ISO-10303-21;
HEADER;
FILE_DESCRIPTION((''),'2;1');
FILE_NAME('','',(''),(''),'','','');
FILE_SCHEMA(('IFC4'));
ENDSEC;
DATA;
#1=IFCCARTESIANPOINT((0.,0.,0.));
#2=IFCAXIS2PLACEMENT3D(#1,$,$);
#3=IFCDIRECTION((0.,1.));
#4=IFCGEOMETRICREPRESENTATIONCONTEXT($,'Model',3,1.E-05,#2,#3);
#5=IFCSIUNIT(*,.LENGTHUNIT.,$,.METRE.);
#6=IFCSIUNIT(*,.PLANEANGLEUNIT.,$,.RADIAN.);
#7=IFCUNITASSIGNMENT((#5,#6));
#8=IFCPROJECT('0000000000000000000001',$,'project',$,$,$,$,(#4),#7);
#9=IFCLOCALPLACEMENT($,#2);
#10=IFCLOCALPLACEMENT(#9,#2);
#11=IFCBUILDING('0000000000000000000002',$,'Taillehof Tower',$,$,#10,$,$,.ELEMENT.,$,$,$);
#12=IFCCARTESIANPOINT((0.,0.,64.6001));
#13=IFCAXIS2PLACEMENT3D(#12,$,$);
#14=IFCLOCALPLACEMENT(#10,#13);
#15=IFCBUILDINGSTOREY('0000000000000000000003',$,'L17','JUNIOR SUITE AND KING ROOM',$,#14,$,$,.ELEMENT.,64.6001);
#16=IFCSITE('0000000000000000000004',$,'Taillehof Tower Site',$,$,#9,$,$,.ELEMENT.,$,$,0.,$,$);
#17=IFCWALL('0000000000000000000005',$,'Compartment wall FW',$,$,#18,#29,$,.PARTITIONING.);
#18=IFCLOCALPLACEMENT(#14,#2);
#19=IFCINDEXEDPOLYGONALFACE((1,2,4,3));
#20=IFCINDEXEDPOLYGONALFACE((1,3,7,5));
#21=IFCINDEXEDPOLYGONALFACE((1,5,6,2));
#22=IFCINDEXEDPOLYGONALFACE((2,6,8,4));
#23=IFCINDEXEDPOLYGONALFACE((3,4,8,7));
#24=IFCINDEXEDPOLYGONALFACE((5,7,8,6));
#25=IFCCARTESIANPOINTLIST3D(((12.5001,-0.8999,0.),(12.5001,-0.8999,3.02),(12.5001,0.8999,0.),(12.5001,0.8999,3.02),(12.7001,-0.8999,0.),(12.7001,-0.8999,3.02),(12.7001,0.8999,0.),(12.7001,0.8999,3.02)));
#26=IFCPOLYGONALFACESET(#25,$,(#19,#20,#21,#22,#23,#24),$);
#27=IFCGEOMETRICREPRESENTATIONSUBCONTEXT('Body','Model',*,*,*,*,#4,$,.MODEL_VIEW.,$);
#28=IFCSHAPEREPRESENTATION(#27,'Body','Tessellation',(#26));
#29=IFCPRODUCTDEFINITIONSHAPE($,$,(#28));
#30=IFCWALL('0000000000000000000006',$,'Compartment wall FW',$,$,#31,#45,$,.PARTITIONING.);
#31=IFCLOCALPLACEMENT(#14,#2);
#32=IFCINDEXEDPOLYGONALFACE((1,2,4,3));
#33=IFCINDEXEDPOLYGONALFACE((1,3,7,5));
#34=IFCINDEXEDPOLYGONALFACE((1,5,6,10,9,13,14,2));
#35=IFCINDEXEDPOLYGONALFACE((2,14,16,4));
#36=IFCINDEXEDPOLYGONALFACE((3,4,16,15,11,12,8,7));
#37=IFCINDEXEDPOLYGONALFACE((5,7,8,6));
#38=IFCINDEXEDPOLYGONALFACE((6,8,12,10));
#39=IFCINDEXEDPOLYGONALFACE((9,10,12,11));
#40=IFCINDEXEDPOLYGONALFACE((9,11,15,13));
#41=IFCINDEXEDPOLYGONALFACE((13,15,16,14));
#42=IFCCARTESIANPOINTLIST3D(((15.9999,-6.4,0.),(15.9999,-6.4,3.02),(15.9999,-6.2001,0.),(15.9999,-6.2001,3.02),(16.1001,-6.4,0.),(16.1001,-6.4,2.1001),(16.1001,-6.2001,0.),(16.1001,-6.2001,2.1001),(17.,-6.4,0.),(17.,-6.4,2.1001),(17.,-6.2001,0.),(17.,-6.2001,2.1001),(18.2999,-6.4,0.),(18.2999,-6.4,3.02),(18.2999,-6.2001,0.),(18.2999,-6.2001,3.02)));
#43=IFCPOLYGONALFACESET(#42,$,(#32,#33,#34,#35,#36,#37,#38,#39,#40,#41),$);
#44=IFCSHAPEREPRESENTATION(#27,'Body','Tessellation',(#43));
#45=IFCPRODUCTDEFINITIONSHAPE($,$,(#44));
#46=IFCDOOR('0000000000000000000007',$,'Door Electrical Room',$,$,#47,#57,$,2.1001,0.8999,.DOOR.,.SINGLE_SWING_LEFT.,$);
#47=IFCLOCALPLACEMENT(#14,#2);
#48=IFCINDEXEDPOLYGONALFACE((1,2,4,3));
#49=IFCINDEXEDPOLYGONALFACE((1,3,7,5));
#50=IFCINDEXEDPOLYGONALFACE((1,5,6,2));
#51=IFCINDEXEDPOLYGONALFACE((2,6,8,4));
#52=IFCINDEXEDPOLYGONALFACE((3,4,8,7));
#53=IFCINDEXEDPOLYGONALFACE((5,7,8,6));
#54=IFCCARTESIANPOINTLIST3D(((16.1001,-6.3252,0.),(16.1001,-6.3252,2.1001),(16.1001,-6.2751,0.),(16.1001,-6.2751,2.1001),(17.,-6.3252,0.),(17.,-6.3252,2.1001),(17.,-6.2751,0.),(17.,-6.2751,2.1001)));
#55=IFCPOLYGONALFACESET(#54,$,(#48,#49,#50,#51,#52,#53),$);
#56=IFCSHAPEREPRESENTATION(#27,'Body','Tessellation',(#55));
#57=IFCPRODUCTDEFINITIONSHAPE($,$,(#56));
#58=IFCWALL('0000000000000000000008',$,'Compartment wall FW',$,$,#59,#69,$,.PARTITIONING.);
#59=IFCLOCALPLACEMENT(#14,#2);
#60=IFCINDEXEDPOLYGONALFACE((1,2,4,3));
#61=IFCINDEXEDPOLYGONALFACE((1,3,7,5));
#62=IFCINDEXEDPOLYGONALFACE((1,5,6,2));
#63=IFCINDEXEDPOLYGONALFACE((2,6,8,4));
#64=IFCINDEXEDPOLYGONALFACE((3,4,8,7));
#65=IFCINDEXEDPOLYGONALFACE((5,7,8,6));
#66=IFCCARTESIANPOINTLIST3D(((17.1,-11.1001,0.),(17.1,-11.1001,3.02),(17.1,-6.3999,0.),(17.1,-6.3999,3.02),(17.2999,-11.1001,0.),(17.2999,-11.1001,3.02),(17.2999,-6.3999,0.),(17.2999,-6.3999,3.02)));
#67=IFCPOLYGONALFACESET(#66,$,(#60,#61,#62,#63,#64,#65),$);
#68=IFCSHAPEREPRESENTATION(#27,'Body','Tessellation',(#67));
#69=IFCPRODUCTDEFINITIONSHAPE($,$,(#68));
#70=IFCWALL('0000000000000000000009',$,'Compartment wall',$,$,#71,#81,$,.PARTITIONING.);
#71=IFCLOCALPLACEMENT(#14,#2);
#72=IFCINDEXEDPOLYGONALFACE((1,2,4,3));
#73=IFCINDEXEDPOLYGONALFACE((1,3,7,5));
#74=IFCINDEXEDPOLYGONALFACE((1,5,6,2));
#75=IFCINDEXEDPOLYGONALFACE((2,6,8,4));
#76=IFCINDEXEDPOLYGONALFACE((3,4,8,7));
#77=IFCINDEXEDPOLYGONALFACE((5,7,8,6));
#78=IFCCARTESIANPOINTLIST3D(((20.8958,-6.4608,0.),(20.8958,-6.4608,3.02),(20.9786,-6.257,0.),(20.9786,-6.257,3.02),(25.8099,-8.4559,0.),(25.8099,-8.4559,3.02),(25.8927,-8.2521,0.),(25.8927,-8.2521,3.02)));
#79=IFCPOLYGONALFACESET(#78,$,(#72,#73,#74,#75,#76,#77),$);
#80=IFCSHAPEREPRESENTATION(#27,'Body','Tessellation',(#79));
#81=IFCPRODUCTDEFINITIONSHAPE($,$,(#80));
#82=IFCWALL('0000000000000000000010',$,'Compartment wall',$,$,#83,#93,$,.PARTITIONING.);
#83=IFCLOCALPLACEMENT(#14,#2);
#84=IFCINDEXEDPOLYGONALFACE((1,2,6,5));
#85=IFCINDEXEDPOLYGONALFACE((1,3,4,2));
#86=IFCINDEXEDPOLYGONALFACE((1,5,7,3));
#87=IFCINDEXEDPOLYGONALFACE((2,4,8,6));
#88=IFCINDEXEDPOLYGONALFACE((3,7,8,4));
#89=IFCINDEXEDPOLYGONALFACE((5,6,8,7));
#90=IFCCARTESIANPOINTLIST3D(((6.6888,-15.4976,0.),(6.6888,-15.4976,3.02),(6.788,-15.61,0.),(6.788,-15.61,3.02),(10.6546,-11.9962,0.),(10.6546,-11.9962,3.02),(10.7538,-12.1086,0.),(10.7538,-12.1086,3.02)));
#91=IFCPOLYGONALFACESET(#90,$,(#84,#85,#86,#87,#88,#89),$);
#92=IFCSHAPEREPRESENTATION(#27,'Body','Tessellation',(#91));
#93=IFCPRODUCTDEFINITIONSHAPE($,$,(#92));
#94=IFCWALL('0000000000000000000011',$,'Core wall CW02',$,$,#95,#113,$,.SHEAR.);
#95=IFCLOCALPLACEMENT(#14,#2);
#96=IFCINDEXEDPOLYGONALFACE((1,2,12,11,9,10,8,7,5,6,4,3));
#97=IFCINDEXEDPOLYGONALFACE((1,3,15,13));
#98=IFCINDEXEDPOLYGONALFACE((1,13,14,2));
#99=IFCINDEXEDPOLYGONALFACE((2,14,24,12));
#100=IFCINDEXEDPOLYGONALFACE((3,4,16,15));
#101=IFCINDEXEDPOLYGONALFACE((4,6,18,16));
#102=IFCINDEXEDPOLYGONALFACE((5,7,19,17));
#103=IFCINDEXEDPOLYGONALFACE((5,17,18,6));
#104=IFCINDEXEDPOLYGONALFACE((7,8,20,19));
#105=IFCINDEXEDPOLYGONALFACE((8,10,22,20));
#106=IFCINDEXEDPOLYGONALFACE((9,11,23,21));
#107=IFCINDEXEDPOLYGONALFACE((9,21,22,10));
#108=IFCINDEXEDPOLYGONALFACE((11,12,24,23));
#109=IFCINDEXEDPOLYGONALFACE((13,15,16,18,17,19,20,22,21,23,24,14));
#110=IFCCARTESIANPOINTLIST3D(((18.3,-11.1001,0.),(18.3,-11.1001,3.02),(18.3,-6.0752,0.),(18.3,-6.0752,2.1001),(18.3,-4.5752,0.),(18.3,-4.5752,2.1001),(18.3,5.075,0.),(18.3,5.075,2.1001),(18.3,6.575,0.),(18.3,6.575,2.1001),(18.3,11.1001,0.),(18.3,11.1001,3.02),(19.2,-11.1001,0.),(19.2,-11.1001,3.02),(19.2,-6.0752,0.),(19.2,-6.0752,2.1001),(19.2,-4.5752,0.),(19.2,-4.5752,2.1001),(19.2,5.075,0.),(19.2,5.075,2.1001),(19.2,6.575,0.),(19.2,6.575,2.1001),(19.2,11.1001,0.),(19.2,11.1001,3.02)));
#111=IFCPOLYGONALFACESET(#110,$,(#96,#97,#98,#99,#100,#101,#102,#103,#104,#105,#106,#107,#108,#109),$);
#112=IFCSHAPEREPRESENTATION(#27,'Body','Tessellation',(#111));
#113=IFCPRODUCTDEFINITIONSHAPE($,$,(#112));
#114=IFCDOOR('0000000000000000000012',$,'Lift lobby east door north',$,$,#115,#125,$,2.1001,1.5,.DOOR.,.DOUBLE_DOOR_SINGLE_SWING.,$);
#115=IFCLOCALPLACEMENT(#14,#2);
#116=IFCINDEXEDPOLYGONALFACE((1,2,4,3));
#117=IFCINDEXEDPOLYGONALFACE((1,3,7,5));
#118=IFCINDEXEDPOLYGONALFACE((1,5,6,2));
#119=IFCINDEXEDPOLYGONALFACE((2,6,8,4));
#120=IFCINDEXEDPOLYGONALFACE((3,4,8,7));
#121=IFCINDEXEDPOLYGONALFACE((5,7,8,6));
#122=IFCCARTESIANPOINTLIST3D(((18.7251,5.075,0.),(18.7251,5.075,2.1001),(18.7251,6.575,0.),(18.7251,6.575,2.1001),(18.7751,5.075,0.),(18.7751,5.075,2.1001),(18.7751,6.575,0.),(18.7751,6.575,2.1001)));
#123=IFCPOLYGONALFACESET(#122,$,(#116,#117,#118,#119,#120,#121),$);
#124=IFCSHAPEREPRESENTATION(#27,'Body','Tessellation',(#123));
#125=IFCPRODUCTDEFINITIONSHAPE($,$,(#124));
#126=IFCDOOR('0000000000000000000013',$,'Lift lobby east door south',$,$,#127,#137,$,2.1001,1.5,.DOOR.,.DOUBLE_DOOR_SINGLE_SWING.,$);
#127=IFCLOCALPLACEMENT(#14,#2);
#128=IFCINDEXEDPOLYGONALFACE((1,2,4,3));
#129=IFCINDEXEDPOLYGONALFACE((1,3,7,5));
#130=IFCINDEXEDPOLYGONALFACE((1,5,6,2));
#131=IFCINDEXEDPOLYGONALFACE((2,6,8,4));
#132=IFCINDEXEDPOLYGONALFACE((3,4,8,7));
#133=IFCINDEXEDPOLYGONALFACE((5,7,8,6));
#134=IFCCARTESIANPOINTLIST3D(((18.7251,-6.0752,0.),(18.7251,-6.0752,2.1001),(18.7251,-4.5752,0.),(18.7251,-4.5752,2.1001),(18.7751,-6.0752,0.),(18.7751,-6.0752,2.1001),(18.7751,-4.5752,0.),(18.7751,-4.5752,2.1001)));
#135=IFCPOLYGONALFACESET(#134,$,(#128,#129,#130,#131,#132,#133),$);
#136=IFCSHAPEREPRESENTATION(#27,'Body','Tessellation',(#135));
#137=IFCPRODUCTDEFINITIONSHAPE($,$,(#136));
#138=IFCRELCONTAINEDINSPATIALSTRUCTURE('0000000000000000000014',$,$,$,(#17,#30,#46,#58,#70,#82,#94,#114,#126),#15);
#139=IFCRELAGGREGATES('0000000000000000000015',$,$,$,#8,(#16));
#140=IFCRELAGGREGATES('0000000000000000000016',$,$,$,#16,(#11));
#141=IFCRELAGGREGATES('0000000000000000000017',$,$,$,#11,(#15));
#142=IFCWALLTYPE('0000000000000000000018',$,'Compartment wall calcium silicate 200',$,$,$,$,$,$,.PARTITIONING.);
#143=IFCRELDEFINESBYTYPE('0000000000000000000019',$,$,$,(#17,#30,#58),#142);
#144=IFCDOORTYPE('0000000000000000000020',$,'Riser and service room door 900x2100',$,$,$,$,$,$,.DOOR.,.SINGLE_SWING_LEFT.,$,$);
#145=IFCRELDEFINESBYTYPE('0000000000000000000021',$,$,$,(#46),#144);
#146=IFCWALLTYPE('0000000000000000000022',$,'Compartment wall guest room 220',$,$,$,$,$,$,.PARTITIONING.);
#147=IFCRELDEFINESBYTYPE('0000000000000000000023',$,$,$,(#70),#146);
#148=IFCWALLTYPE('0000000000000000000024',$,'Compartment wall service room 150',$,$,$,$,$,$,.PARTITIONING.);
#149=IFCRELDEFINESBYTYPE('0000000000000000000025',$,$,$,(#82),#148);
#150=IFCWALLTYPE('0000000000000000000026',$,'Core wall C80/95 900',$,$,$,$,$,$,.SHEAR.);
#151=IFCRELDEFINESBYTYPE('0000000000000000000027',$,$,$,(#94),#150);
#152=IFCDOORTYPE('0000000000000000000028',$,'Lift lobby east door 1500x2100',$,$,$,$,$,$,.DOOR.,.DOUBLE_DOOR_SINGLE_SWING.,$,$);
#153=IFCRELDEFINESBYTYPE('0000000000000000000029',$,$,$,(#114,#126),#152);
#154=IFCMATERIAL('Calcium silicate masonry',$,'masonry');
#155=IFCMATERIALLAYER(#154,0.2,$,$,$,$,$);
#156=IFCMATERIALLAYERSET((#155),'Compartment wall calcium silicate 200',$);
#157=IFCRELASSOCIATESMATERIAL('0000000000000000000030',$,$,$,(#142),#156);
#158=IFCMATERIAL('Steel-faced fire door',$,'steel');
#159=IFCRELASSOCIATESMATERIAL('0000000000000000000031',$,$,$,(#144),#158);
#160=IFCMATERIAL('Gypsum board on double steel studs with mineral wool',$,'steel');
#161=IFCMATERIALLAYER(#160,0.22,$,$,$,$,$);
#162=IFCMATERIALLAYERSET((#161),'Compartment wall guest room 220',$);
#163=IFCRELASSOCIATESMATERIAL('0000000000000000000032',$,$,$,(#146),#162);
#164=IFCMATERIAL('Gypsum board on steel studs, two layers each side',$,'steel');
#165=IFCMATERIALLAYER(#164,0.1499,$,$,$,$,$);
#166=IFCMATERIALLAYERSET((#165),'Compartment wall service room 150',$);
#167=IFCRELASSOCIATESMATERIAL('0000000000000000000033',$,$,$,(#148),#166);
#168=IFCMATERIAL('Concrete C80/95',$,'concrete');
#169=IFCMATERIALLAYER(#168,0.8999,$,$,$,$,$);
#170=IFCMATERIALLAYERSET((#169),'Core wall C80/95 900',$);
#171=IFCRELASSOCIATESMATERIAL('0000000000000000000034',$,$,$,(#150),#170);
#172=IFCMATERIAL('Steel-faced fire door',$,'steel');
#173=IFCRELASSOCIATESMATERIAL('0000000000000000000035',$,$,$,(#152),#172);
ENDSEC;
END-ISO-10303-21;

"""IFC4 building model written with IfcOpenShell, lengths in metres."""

from ifc_helpers import new_model, si_unit, direction, frame, frame_2d, origin, place, context, subcontext, project, spatial, rectangle, extrude, material, layer, layer_set, type_object, element, fill, save


model = new_model("IFC4")

# Units and contexts
model_context = context("Model", 3, precision=1e-05, world=origin(), true_north=direction((0.0, 1.0)))
body_context = subcontext(model_context, "Body", "Model", "MODEL_VIEW")
ifc_project = project(units=[si_unit("LENGTHUNIT", "METRE"), si_unit("PLANEANGLEUNIT", "RADIAN")], contexts=[model_context])

# Site, building, storey
site_placement = place(None, origin())
site = spatial("IfcSite", under=ifc_project, at=site_placement, Name="Taillehof Tower Site", CompositionType="ELEMENT", RefElevation=0.0)
building_placement = place(site_placement, origin())
building = spatial("IfcBuilding", under=site, at=building_placement, Name="Taillehof Tower", CompositionType="ELEMENT")
storey_placement = place(building_placement, frame((0.0, 0.0, 64.6001)))
storey = spatial("IfcBuildingStorey", under=building, at=storey_placement, Name="L17", Description="JUNIOR SUITE AND KING ROOM", CompositionType="ELEMENT", Elevation=64.6001)

# Wall
ifc_material_1 = material(Name="Calcium silicate masonry", Category="masonry")
ifc_layer_1 = layer(ifc_material_1, 0.2)
ifc_layer_set_1 = layer_set([ifc_layer_1], Name="Compartment wall calcium silicate 200")
wall_type_1 = type_object("IfcWallType", Name="Compartment wall calcium silicate 200", PredefinedType="PARTITIONING", material=ifc_layer_set_1)
for number, where, z_axis, x_axis, name in (
    (1, (12.6001, -0.8999, 0.0), (0.0, 0.0, 1.0), (0.0, 1.0, 0.0), "Compartment wall FW"),
):
    element("IfcWall", number, at=place(storey_placement, frame(where, z_axis=z_axis, x_axis=x_axis)), inside=storey, type_object=wall_type_1, Name=name, PredefinedType="PARTITIONING", context=body_context, shape_type="SweptSolid", body=[
        extrude(rectangle(XDim=1.7998, YDim=0.2, at=frame_2d((0.8999, 0.0))), origin(), (0.0, 0.0, 1.0), 3.02),
    ])

# Wall, opening, door
wall_1_placement = place(storey_placement, frame((16.0, -6.3, 0.0), z_axis=(0.0, 0.0, 1.0), x_axis=(1.0, 0.0, 0.0)))
wall_1 = element("IfcWall", 2, at=wall_1_placement, inside=storey, type_object=wall_type_1, Name="Compartment wall FW", PredefinedType="PARTITIONING", context=body_context, shape_type="SweptSolid", body=[
    extrude(rectangle(XDim=2.3, YDim=0.2, at=frame_2d((1.1499, 0.0))), origin(), (0.0, 0.0, 1.0), 3.02),
])
opening_1_placement = place(wall_1_placement, frame((0.1001, 0.0, 0.0)))
opening_1 = element("IfcOpeningElement", 3, at=opening_1_placement, cuts=wall_1, PredefinedType="OPENING", context=body_context, shape_type="SweptSolid", body=[
    extrude(rectangle(XDim=0.8999, YDim=2.1001, at=frame_2d((0.45, 1.05))), frame((0.0, 0.1099, 0.0), z_axis=(0.0, -1.0, 0.0), x_axis=(1.0, 0.0, 0.0)), (0.0, 0.0, 1.0), 0.22),
])
ifc_material_2 = material(Name="Steel-faced fire door", Category="steel")
door_type_1 = type_object("IfcDoorType", Name="Riser and service room door 900x2100", OperationType="SINGLE_SWING_LEFT", PredefinedType="DOOR", material=ifc_material_2)
door_1_placement = place(opening_1_placement, origin())
door_1 = element("IfcDoor", 4, at=door_1_placement, inside=storey, type_object=door_type_1, Name="Door Electrical Room", OperationType="SINGLE_SWING_LEFT", OverallHeight=2.1001, OverallWidth=0.8999, PredefinedType="DOOR", context=body_context, shape_type="SweptSolid", body=[
    extrude(rectangle(XDim=0.8999, YDim=2.1001, at=frame_2d((0.45, 1.05))), frame((0.0, 0.0249, 0.0), z_axis=(0.0, -1.0, 0.0), x_axis=(1.0, 0.0, 0.0)), (0.0, 0.0, 1.0), 0.05),
])
fill(opening_1, door_1)

# Walls
wall_2_placement = place(storey_placement, frame((17.2, -11.1001, 0.0), z_axis=(0.0, 0.0, 1.0), x_axis=(0.0, 1.0, 0.0)))
element("IfcWall", 5, at=wall_2_placement, inside=storey, type_object=wall_type_1, Name="Compartment wall FW", PredefinedType="PARTITIONING", context=body_context, shape_type="SweptSolid", body=[
    extrude(rectangle(XDim=4.7002, YDim=0.2, at=frame_2d((2.3501, 0.0))), origin(), (0.0, 0.0, 1.0), 3.02),
])
ifc_material_3 = material(Name="Gypsum board on double steel studs with mineral wool", Category="steel")
ifc_layer_2 = layer(ifc_material_3, 0.22)
ifc_layer_set_2 = layer_set([ifc_layer_2], Name="Compartment wall guest room 220")
wall_type_2 = type_object("IfcWallType", Name="Compartment wall guest room 220", PredefinedType="PARTITIONING", material=ifc_layer_set_2)
wall_3_placement = place(storey_placement, frame((25.8513, -8.354, 0.0), z_axis=(0.0, 0.0, 1.0), x_axis=(-0.926547, 0.376179, 0.0)))
element("IfcWall", 6, at=wall_3_placement, inside=storey, type_object=wall_type_2, Name="Compartment wall", PredefinedType="PARTITIONING", context=body_context, shape_type="SweptSolid", body=[
    extrude(rectangle(XDim=5.3037, YDim=0.22, at=frame_2d((2.6519, 0.0))), origin(), (0.0, 0.0, 1.0), 3.02),
])
ifc_material_4 = material(Name="Gypsum board on steel studs, two layers each side", Category="steel")
ifc_layer_3 = layer(ifc_material_4, 0.1499)
ifc_layer_set_3 = layer_set([ifc_layer_3], Name="Compartment wall service room 150")
wall_type_3 = type_object("IfcWallType", Name="Compartment wall service room 150", PredefinedType="PARTITIONING", material=ifc_layer_set_3)
wall_4_placement = place(storey_placement, frame((10.7041, -12.0525, 0.0), z_axis=(0.0, 0.0, 1.0), x_axis=(-0.74963, -0.661857, 0.0)))
element("IfcWall", 7, at=wall_4_placement, inside=storey, type_object=wall_type_3, Name="Compartment wall", PredefinedType="PARTITIONING", context=body_context, shape_type="SweptSolid", body=[
    extrude(rectangle(XDim=5.2903, YDim=0.1499, at=frame_2d((2.645, 0.0))), origin(), (0.0, 0.0, 1.0), 3.02),
])

# Wall, openings, doors
ifc_material_5 = material(Name="Concrete C80/95", Category="concrete")
ifc_layer_4 = layer(ifc_material_5, 0.8999)
ifc_layer_set_4 = layer_set([ifc_layer_4], Name="Core wall C80/95 900")
wall_type_4 = type_object("IfcWallType", Name="Core wall C80/95 900", PredefinedType="SHEAR", material=ifc_layer_set_4)
wall_5_placement = place(storey_placement, frame((18.75, -11.1001, 0.0), z_axis=(0.0, 0.0, 1.0), x_axis=(0.0, 1.0, 0.0)))
wall_5 = element("IfcWall", 8, at=wall_5_placement, inside=storey, type_object=wall_type_4, Name="Core wall CW02", PredefinedType="SHEAR", context=body_context, shape_type="SweptSolid", body=[
    extrude(rectangle(XDim=22.2002, YDim=0.8999, at=frame_2d((11.1001, 0.0))), origin(), (0.0, 0.0, 1.0), 3.02),
])
opening_2_placement = place(wall_5_placement, frame((16.175, 0.0, 0.0)))
opening_2 = element("IfcOpeningElement", 9, at=opening_2_placement, cuts=wall_5, PredefinedType="OPENING", context=body_context, shape_type="SweptSolid", body=[
    extrude(rectangle(XDim=1.5, YDim=2.1001, at=frame_2d((0.75, 1.05))), frame((0.0, 0.46, 0.0), z_axis=(0.0, -1.0, 0.0), x_axis=(1.0, 0.0, 0.0)), (0.0, 0.0, 1.0), 0.9199),
])
opening_3_placement = place(wall_5_placement, frame((5.0249, 0.0, 0.0)))
opening_3 = element("IfcOpeningElement", 10, at=opening_3_placement, cuts=wall_5, PredefinedType="OPENING", context=body_context, shape_type="SweptSolid", body=[
    extrude(rectangle(XDim=1.5, YDim=2.1001, at=frame_2d((0.75, 1.05))), frame((0.0, 0.46, 0.0), z_axis=(0.0, -1.0, 0.0), x_axis=(1.0, 0.0, 0.0)), (0.0, 0.0, 1.0), 0.9199),
])
ifc_material_6 = material(Name="Steel-faced fire door", Category="steel")
door_type_2 = type_object("IfcDoorType", Name="Lift lobby east door 1500x2100", OperationType="DOUBLE_DOOR_SINGLE_SWING", PredefinedType="DOOR", material=ifc_material_6)
door_2_placement = place(opening_2_placement, origin())
door_2 = element("IfcDoor", 11, at=door_2_placement, inside=storey, type_object=door_type_2, Name="Lift lobby east door north", OperationType="DOUBLE_DOOR_SINGLE_SWING", OverallHeight=2.1001, OverallWidth=1.5, PredefinedType="DOOR", context=body_context, shape_type="SweptSolid", body=[
    extrude(rectangle(XDim=1.5, YDim=2.1001, at=frame_2d((0.75, 1.05))), frame((0.0, 0.0249, 0.0), z_axis=(0.0, -1.0, 0.0), x_axis=(1.0, 0.0, 0.0)), (0.0, 0.0, 1.0), 0.05),
])
fill(opening_2, door_2)
door_3_placement = place(opening_3_placement, origin())
door_3 = element("IfcDoor", 12, at=door_3_placement, inside=storey, type_object=door_type_2, Name="Lift lobby east door south", OperationType="DOUBLE_DOOR_SINGLE_SWING", OverallHeight=2.1001, OverallWidth=1.5, PredefinedType="DOOR", context=body_context, shape_type="SweptSolid", body=[
    extrude(rectangle(XDim=1.5, YDim=2.1001, at=frame_2d((0.75, 1.05))), frame((0.0, 0.0249, 0.0), z_axis=(0.0, -1.0, 0.0), x_axis=(1.0, 0.0, 0.0)), (0.0, 0.0, 1.0), 0.05),
])
fill(opening_3, door_3)

save(model, "model.ifc")
